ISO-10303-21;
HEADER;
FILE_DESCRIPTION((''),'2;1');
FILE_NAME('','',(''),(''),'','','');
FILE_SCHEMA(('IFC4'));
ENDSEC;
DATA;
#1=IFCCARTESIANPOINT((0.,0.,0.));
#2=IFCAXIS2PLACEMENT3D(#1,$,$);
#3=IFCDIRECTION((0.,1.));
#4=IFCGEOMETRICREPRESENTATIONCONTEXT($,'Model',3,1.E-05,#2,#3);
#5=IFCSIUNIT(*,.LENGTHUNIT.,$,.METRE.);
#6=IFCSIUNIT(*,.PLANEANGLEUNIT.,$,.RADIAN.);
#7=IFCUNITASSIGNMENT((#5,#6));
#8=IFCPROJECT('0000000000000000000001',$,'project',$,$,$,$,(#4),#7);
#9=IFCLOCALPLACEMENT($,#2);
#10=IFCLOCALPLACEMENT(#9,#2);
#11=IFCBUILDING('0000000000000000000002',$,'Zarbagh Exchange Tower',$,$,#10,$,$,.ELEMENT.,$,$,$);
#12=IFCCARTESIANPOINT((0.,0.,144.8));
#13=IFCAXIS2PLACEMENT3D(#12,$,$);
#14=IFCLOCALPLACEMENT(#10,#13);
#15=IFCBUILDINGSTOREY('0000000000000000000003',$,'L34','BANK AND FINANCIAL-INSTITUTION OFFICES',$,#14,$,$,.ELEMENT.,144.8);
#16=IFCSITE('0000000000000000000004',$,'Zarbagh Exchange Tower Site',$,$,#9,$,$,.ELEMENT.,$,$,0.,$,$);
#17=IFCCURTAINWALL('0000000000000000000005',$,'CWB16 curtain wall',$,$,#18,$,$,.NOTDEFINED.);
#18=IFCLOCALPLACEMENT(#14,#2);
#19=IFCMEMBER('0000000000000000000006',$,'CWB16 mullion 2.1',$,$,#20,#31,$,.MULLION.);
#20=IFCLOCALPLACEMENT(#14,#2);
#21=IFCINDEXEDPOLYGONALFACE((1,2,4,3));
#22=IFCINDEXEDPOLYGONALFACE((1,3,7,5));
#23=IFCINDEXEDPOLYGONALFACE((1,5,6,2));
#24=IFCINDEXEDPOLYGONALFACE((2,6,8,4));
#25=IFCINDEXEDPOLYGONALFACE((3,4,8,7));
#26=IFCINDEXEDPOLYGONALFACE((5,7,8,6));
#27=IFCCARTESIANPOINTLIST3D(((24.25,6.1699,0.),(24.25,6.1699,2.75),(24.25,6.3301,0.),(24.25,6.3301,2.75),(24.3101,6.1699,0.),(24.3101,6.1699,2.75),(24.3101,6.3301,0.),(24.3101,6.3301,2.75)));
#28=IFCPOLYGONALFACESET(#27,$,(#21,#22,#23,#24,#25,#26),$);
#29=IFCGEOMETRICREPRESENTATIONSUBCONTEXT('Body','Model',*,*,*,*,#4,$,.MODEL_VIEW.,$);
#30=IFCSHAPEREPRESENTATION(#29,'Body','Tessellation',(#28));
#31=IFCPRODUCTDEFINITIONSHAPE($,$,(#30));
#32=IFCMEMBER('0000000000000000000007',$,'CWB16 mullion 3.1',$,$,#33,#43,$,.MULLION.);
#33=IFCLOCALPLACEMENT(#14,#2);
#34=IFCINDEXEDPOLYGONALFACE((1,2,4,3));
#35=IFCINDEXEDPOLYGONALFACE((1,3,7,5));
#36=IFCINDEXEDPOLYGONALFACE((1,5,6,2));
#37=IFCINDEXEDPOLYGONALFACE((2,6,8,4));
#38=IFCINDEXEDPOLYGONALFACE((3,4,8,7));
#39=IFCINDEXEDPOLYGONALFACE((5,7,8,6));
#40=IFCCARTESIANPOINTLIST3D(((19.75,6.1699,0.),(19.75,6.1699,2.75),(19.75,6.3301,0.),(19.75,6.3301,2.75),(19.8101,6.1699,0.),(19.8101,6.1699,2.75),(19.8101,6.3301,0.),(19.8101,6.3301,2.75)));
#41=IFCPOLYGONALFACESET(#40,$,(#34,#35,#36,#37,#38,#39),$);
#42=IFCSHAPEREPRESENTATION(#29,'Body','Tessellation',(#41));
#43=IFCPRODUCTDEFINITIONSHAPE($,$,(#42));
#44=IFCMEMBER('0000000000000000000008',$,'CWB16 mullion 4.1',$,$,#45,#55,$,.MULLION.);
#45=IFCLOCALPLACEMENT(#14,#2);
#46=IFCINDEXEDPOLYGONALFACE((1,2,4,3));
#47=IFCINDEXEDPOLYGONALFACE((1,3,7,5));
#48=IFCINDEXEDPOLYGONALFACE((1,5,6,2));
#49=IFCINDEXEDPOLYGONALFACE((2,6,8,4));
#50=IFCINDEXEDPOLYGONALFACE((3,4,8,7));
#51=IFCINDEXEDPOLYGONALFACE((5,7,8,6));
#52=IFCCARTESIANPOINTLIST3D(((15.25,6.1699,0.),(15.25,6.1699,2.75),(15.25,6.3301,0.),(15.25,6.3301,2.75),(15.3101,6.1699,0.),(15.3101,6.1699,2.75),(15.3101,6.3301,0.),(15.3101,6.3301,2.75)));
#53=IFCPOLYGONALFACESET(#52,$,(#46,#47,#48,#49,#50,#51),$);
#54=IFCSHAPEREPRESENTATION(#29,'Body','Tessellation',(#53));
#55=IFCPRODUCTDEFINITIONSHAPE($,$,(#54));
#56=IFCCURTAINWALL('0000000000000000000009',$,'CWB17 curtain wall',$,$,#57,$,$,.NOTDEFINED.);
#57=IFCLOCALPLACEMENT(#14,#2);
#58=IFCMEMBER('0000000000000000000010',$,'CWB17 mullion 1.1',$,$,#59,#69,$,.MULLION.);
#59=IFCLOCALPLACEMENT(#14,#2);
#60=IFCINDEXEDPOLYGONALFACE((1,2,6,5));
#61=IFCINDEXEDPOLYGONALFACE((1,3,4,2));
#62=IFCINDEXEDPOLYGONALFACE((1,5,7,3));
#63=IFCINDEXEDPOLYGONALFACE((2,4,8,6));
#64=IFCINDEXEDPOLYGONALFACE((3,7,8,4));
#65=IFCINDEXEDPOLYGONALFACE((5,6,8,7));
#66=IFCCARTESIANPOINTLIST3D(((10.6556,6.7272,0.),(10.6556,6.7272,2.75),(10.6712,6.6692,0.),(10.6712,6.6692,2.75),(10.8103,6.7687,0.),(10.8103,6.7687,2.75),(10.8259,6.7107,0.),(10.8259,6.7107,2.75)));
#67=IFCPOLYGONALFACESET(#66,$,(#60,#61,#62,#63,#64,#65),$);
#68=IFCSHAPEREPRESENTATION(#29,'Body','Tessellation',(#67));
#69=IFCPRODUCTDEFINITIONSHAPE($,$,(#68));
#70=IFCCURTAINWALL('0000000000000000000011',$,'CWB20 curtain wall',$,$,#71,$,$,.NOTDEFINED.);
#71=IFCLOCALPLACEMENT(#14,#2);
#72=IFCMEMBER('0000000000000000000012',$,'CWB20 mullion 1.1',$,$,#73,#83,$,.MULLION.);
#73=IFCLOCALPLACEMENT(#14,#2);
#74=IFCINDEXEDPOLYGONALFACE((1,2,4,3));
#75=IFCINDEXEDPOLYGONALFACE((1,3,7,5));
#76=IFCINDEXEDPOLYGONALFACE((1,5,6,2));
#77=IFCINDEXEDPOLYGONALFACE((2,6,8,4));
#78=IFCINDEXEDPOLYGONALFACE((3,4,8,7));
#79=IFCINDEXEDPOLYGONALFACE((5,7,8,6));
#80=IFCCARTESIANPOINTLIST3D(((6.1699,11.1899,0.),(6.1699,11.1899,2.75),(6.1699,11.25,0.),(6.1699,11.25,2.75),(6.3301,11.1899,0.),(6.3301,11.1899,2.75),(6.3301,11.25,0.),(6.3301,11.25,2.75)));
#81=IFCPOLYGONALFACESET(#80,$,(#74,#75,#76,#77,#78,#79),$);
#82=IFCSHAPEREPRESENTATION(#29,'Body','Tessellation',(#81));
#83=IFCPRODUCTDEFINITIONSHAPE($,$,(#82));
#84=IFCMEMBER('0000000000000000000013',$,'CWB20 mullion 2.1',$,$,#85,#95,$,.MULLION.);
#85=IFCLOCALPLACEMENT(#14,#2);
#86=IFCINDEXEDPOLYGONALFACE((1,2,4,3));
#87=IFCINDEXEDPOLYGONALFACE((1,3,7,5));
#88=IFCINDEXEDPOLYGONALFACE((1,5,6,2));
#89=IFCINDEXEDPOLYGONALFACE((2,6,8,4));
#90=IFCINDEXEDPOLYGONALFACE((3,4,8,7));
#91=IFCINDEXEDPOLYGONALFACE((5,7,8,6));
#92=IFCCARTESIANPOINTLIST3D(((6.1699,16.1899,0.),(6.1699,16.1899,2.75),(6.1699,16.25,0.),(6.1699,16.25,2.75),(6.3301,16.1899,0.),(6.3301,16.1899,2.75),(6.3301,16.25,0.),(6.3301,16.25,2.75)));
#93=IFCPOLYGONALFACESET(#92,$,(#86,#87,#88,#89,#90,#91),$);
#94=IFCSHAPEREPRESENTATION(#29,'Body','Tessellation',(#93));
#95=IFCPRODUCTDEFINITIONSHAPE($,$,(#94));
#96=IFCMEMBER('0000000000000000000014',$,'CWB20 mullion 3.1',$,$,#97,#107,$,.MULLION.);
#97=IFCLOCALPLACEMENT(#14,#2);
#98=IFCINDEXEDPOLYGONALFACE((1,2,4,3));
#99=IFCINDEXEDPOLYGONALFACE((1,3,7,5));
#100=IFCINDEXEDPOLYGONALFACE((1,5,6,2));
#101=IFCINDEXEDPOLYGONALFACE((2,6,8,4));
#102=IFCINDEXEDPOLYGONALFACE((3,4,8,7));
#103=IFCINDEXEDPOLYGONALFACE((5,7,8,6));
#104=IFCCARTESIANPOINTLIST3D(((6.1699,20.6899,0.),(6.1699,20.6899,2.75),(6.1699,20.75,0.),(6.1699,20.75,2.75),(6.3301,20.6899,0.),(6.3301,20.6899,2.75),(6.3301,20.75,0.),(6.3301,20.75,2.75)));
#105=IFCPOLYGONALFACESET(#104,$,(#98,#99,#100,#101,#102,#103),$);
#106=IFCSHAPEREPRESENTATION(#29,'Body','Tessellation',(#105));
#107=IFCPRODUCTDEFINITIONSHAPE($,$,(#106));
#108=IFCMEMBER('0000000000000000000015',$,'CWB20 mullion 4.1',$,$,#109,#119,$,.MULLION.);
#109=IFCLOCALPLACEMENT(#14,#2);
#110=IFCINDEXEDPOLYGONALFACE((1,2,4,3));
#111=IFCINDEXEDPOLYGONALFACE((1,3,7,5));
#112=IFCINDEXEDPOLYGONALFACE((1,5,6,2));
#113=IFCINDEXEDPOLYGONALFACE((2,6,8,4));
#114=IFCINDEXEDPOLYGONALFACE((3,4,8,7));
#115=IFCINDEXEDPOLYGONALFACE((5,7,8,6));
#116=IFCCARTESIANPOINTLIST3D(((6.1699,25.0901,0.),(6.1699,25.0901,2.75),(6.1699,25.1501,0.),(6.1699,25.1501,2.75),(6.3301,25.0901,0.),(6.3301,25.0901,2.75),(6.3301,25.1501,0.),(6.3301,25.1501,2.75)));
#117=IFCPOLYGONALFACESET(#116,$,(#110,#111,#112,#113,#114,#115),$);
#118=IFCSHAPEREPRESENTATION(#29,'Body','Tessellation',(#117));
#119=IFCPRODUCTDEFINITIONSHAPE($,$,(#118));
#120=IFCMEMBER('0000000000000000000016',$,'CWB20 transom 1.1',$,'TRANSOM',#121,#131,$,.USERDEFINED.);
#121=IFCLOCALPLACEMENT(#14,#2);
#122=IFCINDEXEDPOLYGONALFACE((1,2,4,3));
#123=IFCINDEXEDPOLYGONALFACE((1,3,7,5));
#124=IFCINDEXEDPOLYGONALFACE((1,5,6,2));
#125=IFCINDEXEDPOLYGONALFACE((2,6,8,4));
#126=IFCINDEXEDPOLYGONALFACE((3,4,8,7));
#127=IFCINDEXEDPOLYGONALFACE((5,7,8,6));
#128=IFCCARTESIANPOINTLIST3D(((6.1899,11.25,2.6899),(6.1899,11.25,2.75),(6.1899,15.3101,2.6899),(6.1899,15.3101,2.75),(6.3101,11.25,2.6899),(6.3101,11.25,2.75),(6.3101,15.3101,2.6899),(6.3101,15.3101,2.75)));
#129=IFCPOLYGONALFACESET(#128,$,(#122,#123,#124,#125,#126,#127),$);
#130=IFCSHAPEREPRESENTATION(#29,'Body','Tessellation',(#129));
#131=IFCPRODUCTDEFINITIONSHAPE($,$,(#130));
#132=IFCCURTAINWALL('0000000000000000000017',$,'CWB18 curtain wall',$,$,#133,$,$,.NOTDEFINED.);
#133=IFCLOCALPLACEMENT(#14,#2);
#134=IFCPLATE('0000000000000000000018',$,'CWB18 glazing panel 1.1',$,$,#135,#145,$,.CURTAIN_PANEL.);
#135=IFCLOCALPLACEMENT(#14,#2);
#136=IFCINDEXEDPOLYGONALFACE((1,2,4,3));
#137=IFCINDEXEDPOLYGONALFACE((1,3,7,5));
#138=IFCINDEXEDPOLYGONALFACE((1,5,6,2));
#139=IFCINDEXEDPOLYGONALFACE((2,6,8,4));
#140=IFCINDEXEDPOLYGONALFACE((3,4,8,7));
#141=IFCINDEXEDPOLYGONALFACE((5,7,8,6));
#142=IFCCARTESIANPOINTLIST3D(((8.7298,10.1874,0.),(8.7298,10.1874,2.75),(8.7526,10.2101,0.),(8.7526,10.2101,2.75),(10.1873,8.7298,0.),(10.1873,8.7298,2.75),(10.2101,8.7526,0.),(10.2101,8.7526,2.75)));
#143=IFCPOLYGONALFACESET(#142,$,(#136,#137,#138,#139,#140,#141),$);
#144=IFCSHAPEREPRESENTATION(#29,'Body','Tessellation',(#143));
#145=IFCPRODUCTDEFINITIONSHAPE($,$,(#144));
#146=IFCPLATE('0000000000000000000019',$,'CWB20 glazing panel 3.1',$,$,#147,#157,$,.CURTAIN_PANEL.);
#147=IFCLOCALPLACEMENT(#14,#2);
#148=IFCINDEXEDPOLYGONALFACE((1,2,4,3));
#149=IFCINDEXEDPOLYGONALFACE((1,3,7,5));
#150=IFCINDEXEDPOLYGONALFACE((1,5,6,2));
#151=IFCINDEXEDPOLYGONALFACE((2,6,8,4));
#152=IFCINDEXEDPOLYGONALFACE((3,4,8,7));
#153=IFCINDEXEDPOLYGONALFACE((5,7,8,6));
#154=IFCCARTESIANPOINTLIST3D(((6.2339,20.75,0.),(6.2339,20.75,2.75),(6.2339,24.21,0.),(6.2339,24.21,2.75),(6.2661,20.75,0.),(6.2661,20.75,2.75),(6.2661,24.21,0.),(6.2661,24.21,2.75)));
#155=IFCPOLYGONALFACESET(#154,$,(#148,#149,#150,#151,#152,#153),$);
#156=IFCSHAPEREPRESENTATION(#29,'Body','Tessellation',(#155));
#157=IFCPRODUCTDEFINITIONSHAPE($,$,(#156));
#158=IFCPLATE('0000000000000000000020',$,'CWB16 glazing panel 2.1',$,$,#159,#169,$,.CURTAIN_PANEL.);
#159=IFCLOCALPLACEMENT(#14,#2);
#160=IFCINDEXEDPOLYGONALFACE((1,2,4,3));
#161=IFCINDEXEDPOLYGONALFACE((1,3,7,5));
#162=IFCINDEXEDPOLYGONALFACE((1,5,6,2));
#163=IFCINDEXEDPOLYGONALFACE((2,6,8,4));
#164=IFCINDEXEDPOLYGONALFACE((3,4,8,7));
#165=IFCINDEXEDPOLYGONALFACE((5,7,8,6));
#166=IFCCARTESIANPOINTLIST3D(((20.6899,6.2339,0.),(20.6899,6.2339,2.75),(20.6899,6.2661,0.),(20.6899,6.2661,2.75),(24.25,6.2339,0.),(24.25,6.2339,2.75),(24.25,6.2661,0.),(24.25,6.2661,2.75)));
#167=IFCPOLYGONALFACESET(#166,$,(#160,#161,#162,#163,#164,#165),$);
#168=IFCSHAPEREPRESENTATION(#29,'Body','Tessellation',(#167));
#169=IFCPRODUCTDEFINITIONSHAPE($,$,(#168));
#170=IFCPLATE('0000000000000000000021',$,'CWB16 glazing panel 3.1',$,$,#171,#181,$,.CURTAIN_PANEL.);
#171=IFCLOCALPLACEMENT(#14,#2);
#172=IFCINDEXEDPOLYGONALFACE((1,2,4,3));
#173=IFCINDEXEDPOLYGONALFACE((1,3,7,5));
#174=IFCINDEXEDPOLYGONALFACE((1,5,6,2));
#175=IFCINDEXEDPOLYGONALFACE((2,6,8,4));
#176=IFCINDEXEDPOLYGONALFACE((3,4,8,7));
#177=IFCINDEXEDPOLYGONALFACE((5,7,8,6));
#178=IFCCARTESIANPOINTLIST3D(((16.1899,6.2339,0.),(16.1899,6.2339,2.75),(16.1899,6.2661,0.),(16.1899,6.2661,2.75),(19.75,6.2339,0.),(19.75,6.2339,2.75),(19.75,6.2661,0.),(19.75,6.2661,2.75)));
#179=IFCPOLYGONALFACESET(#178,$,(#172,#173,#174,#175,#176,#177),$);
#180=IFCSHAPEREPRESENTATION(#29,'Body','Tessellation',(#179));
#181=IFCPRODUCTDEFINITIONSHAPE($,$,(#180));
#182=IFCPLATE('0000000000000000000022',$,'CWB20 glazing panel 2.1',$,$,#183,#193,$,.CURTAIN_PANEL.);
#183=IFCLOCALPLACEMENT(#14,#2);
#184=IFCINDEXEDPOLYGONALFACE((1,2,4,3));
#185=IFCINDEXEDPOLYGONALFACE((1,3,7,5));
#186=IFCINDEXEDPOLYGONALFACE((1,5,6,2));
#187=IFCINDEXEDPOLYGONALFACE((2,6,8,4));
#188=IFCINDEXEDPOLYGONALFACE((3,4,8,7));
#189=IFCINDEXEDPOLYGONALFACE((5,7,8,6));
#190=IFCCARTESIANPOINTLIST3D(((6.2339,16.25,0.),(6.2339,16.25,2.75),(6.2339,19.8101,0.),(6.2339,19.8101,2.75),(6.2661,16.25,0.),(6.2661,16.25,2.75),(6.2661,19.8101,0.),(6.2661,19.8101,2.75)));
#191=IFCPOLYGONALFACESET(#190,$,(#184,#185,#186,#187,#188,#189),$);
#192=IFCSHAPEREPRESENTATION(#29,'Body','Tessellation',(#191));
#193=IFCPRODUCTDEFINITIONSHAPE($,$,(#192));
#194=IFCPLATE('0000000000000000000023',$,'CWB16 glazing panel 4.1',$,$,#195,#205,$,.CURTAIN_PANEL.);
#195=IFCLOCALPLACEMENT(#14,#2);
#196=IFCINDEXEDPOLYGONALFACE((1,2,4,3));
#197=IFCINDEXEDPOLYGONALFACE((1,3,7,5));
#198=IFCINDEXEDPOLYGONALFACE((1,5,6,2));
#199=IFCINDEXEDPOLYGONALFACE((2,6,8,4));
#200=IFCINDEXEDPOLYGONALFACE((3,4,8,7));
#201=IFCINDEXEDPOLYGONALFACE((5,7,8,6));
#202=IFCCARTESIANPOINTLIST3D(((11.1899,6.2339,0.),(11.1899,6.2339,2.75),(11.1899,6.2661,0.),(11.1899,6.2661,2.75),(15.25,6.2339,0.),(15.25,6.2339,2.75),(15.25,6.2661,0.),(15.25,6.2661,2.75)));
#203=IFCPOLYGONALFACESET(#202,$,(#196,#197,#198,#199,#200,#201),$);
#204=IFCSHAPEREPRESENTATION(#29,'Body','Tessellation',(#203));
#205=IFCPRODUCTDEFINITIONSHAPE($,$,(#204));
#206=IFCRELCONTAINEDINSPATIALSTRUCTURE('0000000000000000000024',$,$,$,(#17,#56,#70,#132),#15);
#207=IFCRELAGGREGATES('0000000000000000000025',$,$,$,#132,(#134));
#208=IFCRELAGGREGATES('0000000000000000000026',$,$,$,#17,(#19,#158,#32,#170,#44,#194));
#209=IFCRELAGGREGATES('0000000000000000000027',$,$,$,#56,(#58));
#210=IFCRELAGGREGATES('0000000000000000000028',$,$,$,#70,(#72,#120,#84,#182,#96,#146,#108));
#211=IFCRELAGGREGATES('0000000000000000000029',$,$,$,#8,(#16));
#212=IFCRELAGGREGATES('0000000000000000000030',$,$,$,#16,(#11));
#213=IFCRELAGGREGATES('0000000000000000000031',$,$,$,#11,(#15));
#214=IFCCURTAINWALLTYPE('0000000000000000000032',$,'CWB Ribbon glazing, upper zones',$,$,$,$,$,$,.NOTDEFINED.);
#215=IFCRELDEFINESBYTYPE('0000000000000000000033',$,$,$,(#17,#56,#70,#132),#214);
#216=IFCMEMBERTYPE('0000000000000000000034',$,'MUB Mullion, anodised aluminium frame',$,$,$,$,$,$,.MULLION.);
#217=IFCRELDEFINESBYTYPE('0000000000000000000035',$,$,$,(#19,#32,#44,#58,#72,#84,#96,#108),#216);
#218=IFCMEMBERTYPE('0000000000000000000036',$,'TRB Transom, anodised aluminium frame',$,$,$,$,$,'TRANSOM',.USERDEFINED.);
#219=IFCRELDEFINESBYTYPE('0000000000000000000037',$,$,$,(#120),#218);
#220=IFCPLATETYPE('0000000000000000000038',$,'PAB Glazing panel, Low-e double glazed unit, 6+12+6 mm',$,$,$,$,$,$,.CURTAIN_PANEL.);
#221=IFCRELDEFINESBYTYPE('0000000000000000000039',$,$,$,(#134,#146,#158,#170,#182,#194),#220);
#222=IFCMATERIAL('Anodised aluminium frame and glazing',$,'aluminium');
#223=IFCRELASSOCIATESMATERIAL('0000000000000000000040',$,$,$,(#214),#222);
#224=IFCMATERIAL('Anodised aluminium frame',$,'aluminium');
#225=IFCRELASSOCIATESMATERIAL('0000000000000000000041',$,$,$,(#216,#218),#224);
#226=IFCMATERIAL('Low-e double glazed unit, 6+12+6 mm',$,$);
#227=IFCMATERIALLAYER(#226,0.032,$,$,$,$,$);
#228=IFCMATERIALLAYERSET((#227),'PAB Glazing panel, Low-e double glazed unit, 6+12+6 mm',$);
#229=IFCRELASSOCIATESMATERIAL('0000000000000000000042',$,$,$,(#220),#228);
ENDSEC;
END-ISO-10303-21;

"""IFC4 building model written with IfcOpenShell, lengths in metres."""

from ifc_helpers import new_model, si_unit, direction, frame, origin, place, context, subcontext, project, spatial, polyline, outline, extrude, source, transform, mapped, material, layer, layer_set, type_object, element, aggregate, save


model = new_model("IFC4")

# Units and contexts
model_context = context("Model", 3, precision=1e-05, world=origin(), true_north=direction((0.0, 1.0)))
body_context = subcontext(model_context, "Body", "Model", "MODEL_VIEW")
ifc_project = project(units=[si_unit("LENGTHUNIT", "METRE"), si_unit("PLANEANGLEUNIT", "RADIAN")], contexts=[model_context])

# Site, building, storey
site_placement = place(None, origin())
site = spatial("IfcSite", under=ifc_project, at=site_placement, Name="Zarbagh Exchange Tower Site", CompositionType="ELEMENT", RefElevation=0.0)
building_placement = place(site_placement, origin())
building = spatial("IfcBuilding", under=site, at=building_placement, Name="Zarbagh Exchange Tower", CompositionType="ELEMENT")
storey_placement = place(building_placement, frame((0.0, 0.0, 144.8)))
storey = spatial("IfcBuildingStorey", under=building, at=storey_placement, Name="L34", Description="BANK AND FINANCIAL-INSTITUTION OFFICES", CompositionType="ELEMENT", Elevation=144.8)

# Curtain wall, members
ifc_material_1 = material(Name="Anodised aluminium frame and glazing", Category="aluminium")
curtain_wall_type = type_object("IfcCurtainWallType", Name="CWB Ribbon glazing, upper zones", PredefinedType="NOTDEFINED", material=ifc_material_1)
curtain_wall_1_placement = place(storey_placement, origin())
curtain_wall_1 = element("IfcCurtainWall", 1, at=curtain_wall_1_placement, inside=storey, type_object=curtain_wall_type, Name="CWB16 curtain wall", PredefinedType="NOTDEFINED")
ifc_material_2 = material(Name="Anodised aluminium frame", Category="aluminium")
member_type_1 = type_object("IfcMemberType", Name="MUB Mullion, anodised aluminium frame", PredefinedType="MULLION", material=ifc_material_2)
shared_shape_1 = source(origin(), body_context, "Body", "SweptSolid", [
    extrude(outline(polyline([(0.0, -0.0801), (0.0601, -0.0801), (0.0601, 0.0801), (0.0, 0.0801), (0.0, -0.0801)])), origin(), (0.0, 0.0, 1.0), 2.75),
])
placement = place(storey_placement, origin())
member_1 = element("IfcMember", 2, at=placement, type_object=member_type_1, Name="CWB16 mullion 2.1", PredefinedType="MULLION", context=body_context, shape_type="MappedRepresentation", body=[
    mapped(shared_shape_1, transform((24.3101, 6.25, 0.0), x_axis=(-1.0, 0.0, 0.0), y_axis=(0.0, -1.0, 0.0), z_axis=(0.0, 0.0, 1.0))),
])
member_2 = element("IfcMember", 3, at=placement, type_object=member_type_1, Name="CWB16 mullion 3.1", PredefinedType="MULLION", context=body_context, shape_type="MappedRepresentation", body=[
    mapped(shared_shape_1, transform((19.8101, 6.25, 0.0), x_axis=(-1.0, 0.0, 0.0), y_axis=(0.0, -1.0, 0.0), z_axis=(0.0, 0.0, 1.0))),
])
member_3 = element("IfcMember", 4, at=placement, type_object=member_type_1, Name="CWB16 mullion 4.1", PredefinedType="MULLION", context=body_context, shape_type="MappedRepresentation", body=[
    mapped(shared_shape_1, transform((15.3101, 6.25, 0.0), x_axis=(-1.0, 0.0, 0.0), y_axis=(0.0, -1.0, 0.0), z_axis=(0.0, 0.0, 1.0))),
])

# Curtain wall, member
curtain_wall_2_placement = place(storey_placement, origin())
curtain_wall_2 = element("IfcCurtainWall", 5, at=curtain_wall_2_placement, inside=storey, type_object=curtain_wall_type, Name="CWB17 curtain wall", PredefinedType="NOTDEFINED")
member_4 = element("IfcMember", 6, at=placement, type_object=member_type_1, Name="CWB17 mullion 1.1", PredefinedType="MULLION", context=body_context, shape_type="MappedRepresentation", body=[
    mapped(shared_shape_1, transform((10.7485, 6.6899, 0.0), x_axis=(-0.258825, 0.965924, 0.0), y_axis=(-0.965924, -0.258825, 0.0), z_axis=(0.0, 0.0, 1.0))),
])

# Curtain wall, members
curtain_wall_3_placement = place(storey_placement, origin())
curtain_wall_3 = element("IfcCurtainWall", 7, at=curtain_wall_3_placement, inside=storey, type_object=curtain_wall_type, Name="CWB20 curtain wall", PredefinedType="NOTDEFINED")
member_5 = element("IfcMember", 8, at=placement, type_object=member_type_1, Name="CWB20 mullion 1.1", PredefinedType="MULLION", context=body_context, shape_type="MappedRepresentation", body=[
    mapped(shared_shape_1, transform((6.25, 11.1899, 0.0), x_axis=(0.0, 1.0, 0.0), y_axis=(-1.0, 0.0, 0.0), z_axis=(0.0, 0.0, 1.0))),
])
member_6 = element("IfcMember", 9, at=placement, type_object=member_type_1, Name="CWB20 mullion 2.1", PredefinedType="MULLION", context=body_context, shape_type="MappedRepresentation", body=[
    mapped(shared_shape_1, transform((6.25, 16.1899, 0.0), x_axis=(0.0, 1.0, 0.0), y_axis=(-1.0, 0.0, 0.0), z_axis=(0.0, 0.0, 1.0))),
])
member_7 = element("IfcMember", 10, at=placement, type_object=member_type_1, Name="CWB20 mullion 3.1", PredefinedType="MULLION", context=body_context, shape_type="MappedRepresentation", body=[
    mapped(shared_shape_1, transform((6.25, 20.6899, 0.0), x_axis=(0.0, 1.0, 0.0), y_axis=(-1.0, 0.0, 0.0), z_axis=(0.0, 0.0, 1.0))),
])
member_8 = element("IfcMember", 11, at=placement, type_object=member_type_1, Name="CWB20 mullion 4.1", PredefinedType="MULLION", context=body_context, shape_type="MappedRepresentation", body=[
    mapped(shared_shape_1, transform((6.25, 25.0901, 0.0), x_axis=(0.0, 1.0, 0.0), y_axis=(-1.0, 0.0, 0.0), z_axis=(0.0, 0.0, 1.0))),
])
member_type_2 = type_object("IfcMemberType", Name="TRB Transom, anodised aluminium frame", ElementType="TRANSOM", PredefinedType="USERDEFINED", material=ifc_material_2)
shared_shape_2 = source(origin(), body_context, "Body", "SweptSolid", [
    extrude(outline(polyline([(-0.0601, -0.0601), (0.0, -0.0601), (0.0, 0.0601), (-0.0601, 0.0601), (-0.0601, -0.0601)])), origin(), (0.0, 0.0, 1.0), 4.0601),
])
member_9 = element("IfcMember", 12, at=placement, type_object=member_type_2, Name="CWB20 transom 1.1", ObjectType="TRANSOM", PredefinedType="USERDEFINED", context=body_context, shape_type="MappedRepresentation", body=[
    mapped(shared_shape_2, transform((6.25, 11.25, 2.75), x_axis=(0.0, 0.0, 1.0), y_axis=(1.0, 0.0, 0.0), z_axis=(0.0, 1.0, 0.0))),
])

# Curtain wall, plate
curtain_wall_4_placement = place(storey_placement, origin())
curtain_wall_4 = element("IfcCurtainWall", 13, at=curtain_wall_4_placement, inside=storey, type_object=curtain_wall_type, Name="CWB18 curtain wall", PredefinedType="NOTDEFINED")
ifc_material_3 = material(Name="Low-e double glazed unit, 6+12+6 mm")
ifc_layer_1 = layer(ifc_material_3, 0.032)
ifc_layer_set_1 = layer_set([ifc_layer_1], Name="PAB Glazing panel, Low-e double glazed unit, 6+12+6 mm")
plate_type = type_object("IfcPlateType", Name="PAB Glazing panel, Low-e double glazed unit, 6+12+6 mm", PredefinedType="CURTAIN_PANEL", material=ifc_layer_set_1)
shared_shape_3 = source(origin(), body_context, "Body", "SweptSolid", [
    extrude(outline(polyline([(0.0, -0.0161), (2.0613, -0.0161), (2.0613, 0.0161), (0.0, 0.0161), (0.0, -0.0161)])), origin(), (0.0, 0.0, 1.0), 2.75),
])
plate_1 = element("IfcPlate", 14, at=placement, type_object=plate_type, Name="CWB18 glazing panel 1.1", PredefinedType="CURTAIN_PANEL", context=body_context, shape_type="MappedRepresentation", body=[
    mapped(shared_shape_3, transform((10.1987, 8.7412, 0.0), x_axis=(-0.707107, 0.707107, 0.0), y_axis=(-0.707107, -0.707107, 0.0), z_axis=(0.0, 0.0, 1.0))),
])
aggregate(curtain_wall_4, [plate_1])

# Plates
shared_shape_4 = source(origin(), body_context, "Body", "SweptSolid", [
    extrude(outline(polyline([(0.0, -0.0161), (3.46, -0.0161), (3.46, 0.0161), (0.0, 0.0161), (0.0, -0.0161)])), origin(), (0.0, 0.0, 1.0), 2.75),
])
plate_2 = element("IfcPlate", 15, at=placement, type_object=plate_type, Name="CWB20 glazing panel 3.1", PredefinedType="CURTAIN_PANEL", context=body_context, shape_type="MappedRepresentation", body=[
    mapped(shared_shape_4, transform((6.25, 20.75, 0.0), x_axis=(0.0, 1.0, 0.0), y_axis=(-1.0, 0.0, 0.0), z_axis=(0.0, 0.0, 1.0))),
])
shared_shape_5 = source(origin(), body_context, "Body", "SweptSolid", [
    extrude(outline(polyline([(0.0, -0.0161), (3.5601, -0.0161), (3.5601, 0.0161), (0.0, 0.0161), (0.0, -0.0161)])), origin(), (0.0, 0.0, 1.0), 2.75),
])
plate_3 = element("IfcPlate", 16, at=placement, type_object=plate_type, Name="CWB16 glazing panel 2.1", PredefinedType="CURTAIN_PANEL", context=body_context, shape_type="MappedRepresentation", body=[
    mapped(shared_shape_5, transform((24.25, 6.25, 0.0), x_axis=(-1.0, 0.0, 0.0), y_axis=(0.0, -1.0, 0.0), z_axis=(0.0, 0.0, 1.0))),
])
plate_4 = element("IfcPlate", 17, at=placement, type_object=plate_type, Name="CWB16 glazing panel 3.1", PredefinedType="CURTAIN_PANEL", context=body_context, shape_type="MappedRepresentation", body=[
    mapped(shared_shape_5, transform((19.75, 6.25, 0.0), x_axis=(-1.0, 0.0, 0.0), y_axis=(0.0, -1.0, 0.0), z_axis=(0.0, 0.0, 1.0))),
])
plate_5 = element("IfcPlate", 18, at=placement, type_object=plate_type, Name="CWB20 glazing panel 2.1", PredefinedType="CURTAIN_PANEL", context=body_context, shape_type="MappedRepresentation", body=[
    mapped(shared_shape_5, transform((6.25, 16.25, 0.0), x_axis=(0.0, 1.0, 0.0), y_axis=(-1.0, 0.0, 0.0), z_axis=(0.0, 0.0, 1.0))),
])
shared_shape_6 = source(origin(), body_context, "Body", "SweptSolid", [
    extrude(outline(polyline([(0.0, -0.0161), (4.0601, -0.0161), (4.0601, 0.0161), (0.0, 0.0161), (0.0, -0.0161)])), origin(), (0.0, 0.0, 1.0), 2.75),
])
plate_6 = element("IfcPlate", 19, at=placement, type_object=plate_type, Name="CWB16 glazing panel 4.1", PredefinedType="CURTAIN_PANEL", context=body_context, shape_type="MappedRepresentation", body=[
    mapped(shared_shape_6, transform((15.25, 6.25, 0.0), x_axis=(-1.0, 0.0, 0.0), y_axis=(0.0, -1.0, 0.0), z_axis=(0.0, 0.0, 1.0))),
])
aggregate(curtain_wall_1, [member_1, plate_3, member_2, plate_4, member_3, plate_6])
aggregate(curtain_wall_2, [member_4])

aggregate(curtain_wall_3, [member_5, member_9, member_6, plate_5, member_7, plate_2, member_8])

save(model, "model.ifc")
